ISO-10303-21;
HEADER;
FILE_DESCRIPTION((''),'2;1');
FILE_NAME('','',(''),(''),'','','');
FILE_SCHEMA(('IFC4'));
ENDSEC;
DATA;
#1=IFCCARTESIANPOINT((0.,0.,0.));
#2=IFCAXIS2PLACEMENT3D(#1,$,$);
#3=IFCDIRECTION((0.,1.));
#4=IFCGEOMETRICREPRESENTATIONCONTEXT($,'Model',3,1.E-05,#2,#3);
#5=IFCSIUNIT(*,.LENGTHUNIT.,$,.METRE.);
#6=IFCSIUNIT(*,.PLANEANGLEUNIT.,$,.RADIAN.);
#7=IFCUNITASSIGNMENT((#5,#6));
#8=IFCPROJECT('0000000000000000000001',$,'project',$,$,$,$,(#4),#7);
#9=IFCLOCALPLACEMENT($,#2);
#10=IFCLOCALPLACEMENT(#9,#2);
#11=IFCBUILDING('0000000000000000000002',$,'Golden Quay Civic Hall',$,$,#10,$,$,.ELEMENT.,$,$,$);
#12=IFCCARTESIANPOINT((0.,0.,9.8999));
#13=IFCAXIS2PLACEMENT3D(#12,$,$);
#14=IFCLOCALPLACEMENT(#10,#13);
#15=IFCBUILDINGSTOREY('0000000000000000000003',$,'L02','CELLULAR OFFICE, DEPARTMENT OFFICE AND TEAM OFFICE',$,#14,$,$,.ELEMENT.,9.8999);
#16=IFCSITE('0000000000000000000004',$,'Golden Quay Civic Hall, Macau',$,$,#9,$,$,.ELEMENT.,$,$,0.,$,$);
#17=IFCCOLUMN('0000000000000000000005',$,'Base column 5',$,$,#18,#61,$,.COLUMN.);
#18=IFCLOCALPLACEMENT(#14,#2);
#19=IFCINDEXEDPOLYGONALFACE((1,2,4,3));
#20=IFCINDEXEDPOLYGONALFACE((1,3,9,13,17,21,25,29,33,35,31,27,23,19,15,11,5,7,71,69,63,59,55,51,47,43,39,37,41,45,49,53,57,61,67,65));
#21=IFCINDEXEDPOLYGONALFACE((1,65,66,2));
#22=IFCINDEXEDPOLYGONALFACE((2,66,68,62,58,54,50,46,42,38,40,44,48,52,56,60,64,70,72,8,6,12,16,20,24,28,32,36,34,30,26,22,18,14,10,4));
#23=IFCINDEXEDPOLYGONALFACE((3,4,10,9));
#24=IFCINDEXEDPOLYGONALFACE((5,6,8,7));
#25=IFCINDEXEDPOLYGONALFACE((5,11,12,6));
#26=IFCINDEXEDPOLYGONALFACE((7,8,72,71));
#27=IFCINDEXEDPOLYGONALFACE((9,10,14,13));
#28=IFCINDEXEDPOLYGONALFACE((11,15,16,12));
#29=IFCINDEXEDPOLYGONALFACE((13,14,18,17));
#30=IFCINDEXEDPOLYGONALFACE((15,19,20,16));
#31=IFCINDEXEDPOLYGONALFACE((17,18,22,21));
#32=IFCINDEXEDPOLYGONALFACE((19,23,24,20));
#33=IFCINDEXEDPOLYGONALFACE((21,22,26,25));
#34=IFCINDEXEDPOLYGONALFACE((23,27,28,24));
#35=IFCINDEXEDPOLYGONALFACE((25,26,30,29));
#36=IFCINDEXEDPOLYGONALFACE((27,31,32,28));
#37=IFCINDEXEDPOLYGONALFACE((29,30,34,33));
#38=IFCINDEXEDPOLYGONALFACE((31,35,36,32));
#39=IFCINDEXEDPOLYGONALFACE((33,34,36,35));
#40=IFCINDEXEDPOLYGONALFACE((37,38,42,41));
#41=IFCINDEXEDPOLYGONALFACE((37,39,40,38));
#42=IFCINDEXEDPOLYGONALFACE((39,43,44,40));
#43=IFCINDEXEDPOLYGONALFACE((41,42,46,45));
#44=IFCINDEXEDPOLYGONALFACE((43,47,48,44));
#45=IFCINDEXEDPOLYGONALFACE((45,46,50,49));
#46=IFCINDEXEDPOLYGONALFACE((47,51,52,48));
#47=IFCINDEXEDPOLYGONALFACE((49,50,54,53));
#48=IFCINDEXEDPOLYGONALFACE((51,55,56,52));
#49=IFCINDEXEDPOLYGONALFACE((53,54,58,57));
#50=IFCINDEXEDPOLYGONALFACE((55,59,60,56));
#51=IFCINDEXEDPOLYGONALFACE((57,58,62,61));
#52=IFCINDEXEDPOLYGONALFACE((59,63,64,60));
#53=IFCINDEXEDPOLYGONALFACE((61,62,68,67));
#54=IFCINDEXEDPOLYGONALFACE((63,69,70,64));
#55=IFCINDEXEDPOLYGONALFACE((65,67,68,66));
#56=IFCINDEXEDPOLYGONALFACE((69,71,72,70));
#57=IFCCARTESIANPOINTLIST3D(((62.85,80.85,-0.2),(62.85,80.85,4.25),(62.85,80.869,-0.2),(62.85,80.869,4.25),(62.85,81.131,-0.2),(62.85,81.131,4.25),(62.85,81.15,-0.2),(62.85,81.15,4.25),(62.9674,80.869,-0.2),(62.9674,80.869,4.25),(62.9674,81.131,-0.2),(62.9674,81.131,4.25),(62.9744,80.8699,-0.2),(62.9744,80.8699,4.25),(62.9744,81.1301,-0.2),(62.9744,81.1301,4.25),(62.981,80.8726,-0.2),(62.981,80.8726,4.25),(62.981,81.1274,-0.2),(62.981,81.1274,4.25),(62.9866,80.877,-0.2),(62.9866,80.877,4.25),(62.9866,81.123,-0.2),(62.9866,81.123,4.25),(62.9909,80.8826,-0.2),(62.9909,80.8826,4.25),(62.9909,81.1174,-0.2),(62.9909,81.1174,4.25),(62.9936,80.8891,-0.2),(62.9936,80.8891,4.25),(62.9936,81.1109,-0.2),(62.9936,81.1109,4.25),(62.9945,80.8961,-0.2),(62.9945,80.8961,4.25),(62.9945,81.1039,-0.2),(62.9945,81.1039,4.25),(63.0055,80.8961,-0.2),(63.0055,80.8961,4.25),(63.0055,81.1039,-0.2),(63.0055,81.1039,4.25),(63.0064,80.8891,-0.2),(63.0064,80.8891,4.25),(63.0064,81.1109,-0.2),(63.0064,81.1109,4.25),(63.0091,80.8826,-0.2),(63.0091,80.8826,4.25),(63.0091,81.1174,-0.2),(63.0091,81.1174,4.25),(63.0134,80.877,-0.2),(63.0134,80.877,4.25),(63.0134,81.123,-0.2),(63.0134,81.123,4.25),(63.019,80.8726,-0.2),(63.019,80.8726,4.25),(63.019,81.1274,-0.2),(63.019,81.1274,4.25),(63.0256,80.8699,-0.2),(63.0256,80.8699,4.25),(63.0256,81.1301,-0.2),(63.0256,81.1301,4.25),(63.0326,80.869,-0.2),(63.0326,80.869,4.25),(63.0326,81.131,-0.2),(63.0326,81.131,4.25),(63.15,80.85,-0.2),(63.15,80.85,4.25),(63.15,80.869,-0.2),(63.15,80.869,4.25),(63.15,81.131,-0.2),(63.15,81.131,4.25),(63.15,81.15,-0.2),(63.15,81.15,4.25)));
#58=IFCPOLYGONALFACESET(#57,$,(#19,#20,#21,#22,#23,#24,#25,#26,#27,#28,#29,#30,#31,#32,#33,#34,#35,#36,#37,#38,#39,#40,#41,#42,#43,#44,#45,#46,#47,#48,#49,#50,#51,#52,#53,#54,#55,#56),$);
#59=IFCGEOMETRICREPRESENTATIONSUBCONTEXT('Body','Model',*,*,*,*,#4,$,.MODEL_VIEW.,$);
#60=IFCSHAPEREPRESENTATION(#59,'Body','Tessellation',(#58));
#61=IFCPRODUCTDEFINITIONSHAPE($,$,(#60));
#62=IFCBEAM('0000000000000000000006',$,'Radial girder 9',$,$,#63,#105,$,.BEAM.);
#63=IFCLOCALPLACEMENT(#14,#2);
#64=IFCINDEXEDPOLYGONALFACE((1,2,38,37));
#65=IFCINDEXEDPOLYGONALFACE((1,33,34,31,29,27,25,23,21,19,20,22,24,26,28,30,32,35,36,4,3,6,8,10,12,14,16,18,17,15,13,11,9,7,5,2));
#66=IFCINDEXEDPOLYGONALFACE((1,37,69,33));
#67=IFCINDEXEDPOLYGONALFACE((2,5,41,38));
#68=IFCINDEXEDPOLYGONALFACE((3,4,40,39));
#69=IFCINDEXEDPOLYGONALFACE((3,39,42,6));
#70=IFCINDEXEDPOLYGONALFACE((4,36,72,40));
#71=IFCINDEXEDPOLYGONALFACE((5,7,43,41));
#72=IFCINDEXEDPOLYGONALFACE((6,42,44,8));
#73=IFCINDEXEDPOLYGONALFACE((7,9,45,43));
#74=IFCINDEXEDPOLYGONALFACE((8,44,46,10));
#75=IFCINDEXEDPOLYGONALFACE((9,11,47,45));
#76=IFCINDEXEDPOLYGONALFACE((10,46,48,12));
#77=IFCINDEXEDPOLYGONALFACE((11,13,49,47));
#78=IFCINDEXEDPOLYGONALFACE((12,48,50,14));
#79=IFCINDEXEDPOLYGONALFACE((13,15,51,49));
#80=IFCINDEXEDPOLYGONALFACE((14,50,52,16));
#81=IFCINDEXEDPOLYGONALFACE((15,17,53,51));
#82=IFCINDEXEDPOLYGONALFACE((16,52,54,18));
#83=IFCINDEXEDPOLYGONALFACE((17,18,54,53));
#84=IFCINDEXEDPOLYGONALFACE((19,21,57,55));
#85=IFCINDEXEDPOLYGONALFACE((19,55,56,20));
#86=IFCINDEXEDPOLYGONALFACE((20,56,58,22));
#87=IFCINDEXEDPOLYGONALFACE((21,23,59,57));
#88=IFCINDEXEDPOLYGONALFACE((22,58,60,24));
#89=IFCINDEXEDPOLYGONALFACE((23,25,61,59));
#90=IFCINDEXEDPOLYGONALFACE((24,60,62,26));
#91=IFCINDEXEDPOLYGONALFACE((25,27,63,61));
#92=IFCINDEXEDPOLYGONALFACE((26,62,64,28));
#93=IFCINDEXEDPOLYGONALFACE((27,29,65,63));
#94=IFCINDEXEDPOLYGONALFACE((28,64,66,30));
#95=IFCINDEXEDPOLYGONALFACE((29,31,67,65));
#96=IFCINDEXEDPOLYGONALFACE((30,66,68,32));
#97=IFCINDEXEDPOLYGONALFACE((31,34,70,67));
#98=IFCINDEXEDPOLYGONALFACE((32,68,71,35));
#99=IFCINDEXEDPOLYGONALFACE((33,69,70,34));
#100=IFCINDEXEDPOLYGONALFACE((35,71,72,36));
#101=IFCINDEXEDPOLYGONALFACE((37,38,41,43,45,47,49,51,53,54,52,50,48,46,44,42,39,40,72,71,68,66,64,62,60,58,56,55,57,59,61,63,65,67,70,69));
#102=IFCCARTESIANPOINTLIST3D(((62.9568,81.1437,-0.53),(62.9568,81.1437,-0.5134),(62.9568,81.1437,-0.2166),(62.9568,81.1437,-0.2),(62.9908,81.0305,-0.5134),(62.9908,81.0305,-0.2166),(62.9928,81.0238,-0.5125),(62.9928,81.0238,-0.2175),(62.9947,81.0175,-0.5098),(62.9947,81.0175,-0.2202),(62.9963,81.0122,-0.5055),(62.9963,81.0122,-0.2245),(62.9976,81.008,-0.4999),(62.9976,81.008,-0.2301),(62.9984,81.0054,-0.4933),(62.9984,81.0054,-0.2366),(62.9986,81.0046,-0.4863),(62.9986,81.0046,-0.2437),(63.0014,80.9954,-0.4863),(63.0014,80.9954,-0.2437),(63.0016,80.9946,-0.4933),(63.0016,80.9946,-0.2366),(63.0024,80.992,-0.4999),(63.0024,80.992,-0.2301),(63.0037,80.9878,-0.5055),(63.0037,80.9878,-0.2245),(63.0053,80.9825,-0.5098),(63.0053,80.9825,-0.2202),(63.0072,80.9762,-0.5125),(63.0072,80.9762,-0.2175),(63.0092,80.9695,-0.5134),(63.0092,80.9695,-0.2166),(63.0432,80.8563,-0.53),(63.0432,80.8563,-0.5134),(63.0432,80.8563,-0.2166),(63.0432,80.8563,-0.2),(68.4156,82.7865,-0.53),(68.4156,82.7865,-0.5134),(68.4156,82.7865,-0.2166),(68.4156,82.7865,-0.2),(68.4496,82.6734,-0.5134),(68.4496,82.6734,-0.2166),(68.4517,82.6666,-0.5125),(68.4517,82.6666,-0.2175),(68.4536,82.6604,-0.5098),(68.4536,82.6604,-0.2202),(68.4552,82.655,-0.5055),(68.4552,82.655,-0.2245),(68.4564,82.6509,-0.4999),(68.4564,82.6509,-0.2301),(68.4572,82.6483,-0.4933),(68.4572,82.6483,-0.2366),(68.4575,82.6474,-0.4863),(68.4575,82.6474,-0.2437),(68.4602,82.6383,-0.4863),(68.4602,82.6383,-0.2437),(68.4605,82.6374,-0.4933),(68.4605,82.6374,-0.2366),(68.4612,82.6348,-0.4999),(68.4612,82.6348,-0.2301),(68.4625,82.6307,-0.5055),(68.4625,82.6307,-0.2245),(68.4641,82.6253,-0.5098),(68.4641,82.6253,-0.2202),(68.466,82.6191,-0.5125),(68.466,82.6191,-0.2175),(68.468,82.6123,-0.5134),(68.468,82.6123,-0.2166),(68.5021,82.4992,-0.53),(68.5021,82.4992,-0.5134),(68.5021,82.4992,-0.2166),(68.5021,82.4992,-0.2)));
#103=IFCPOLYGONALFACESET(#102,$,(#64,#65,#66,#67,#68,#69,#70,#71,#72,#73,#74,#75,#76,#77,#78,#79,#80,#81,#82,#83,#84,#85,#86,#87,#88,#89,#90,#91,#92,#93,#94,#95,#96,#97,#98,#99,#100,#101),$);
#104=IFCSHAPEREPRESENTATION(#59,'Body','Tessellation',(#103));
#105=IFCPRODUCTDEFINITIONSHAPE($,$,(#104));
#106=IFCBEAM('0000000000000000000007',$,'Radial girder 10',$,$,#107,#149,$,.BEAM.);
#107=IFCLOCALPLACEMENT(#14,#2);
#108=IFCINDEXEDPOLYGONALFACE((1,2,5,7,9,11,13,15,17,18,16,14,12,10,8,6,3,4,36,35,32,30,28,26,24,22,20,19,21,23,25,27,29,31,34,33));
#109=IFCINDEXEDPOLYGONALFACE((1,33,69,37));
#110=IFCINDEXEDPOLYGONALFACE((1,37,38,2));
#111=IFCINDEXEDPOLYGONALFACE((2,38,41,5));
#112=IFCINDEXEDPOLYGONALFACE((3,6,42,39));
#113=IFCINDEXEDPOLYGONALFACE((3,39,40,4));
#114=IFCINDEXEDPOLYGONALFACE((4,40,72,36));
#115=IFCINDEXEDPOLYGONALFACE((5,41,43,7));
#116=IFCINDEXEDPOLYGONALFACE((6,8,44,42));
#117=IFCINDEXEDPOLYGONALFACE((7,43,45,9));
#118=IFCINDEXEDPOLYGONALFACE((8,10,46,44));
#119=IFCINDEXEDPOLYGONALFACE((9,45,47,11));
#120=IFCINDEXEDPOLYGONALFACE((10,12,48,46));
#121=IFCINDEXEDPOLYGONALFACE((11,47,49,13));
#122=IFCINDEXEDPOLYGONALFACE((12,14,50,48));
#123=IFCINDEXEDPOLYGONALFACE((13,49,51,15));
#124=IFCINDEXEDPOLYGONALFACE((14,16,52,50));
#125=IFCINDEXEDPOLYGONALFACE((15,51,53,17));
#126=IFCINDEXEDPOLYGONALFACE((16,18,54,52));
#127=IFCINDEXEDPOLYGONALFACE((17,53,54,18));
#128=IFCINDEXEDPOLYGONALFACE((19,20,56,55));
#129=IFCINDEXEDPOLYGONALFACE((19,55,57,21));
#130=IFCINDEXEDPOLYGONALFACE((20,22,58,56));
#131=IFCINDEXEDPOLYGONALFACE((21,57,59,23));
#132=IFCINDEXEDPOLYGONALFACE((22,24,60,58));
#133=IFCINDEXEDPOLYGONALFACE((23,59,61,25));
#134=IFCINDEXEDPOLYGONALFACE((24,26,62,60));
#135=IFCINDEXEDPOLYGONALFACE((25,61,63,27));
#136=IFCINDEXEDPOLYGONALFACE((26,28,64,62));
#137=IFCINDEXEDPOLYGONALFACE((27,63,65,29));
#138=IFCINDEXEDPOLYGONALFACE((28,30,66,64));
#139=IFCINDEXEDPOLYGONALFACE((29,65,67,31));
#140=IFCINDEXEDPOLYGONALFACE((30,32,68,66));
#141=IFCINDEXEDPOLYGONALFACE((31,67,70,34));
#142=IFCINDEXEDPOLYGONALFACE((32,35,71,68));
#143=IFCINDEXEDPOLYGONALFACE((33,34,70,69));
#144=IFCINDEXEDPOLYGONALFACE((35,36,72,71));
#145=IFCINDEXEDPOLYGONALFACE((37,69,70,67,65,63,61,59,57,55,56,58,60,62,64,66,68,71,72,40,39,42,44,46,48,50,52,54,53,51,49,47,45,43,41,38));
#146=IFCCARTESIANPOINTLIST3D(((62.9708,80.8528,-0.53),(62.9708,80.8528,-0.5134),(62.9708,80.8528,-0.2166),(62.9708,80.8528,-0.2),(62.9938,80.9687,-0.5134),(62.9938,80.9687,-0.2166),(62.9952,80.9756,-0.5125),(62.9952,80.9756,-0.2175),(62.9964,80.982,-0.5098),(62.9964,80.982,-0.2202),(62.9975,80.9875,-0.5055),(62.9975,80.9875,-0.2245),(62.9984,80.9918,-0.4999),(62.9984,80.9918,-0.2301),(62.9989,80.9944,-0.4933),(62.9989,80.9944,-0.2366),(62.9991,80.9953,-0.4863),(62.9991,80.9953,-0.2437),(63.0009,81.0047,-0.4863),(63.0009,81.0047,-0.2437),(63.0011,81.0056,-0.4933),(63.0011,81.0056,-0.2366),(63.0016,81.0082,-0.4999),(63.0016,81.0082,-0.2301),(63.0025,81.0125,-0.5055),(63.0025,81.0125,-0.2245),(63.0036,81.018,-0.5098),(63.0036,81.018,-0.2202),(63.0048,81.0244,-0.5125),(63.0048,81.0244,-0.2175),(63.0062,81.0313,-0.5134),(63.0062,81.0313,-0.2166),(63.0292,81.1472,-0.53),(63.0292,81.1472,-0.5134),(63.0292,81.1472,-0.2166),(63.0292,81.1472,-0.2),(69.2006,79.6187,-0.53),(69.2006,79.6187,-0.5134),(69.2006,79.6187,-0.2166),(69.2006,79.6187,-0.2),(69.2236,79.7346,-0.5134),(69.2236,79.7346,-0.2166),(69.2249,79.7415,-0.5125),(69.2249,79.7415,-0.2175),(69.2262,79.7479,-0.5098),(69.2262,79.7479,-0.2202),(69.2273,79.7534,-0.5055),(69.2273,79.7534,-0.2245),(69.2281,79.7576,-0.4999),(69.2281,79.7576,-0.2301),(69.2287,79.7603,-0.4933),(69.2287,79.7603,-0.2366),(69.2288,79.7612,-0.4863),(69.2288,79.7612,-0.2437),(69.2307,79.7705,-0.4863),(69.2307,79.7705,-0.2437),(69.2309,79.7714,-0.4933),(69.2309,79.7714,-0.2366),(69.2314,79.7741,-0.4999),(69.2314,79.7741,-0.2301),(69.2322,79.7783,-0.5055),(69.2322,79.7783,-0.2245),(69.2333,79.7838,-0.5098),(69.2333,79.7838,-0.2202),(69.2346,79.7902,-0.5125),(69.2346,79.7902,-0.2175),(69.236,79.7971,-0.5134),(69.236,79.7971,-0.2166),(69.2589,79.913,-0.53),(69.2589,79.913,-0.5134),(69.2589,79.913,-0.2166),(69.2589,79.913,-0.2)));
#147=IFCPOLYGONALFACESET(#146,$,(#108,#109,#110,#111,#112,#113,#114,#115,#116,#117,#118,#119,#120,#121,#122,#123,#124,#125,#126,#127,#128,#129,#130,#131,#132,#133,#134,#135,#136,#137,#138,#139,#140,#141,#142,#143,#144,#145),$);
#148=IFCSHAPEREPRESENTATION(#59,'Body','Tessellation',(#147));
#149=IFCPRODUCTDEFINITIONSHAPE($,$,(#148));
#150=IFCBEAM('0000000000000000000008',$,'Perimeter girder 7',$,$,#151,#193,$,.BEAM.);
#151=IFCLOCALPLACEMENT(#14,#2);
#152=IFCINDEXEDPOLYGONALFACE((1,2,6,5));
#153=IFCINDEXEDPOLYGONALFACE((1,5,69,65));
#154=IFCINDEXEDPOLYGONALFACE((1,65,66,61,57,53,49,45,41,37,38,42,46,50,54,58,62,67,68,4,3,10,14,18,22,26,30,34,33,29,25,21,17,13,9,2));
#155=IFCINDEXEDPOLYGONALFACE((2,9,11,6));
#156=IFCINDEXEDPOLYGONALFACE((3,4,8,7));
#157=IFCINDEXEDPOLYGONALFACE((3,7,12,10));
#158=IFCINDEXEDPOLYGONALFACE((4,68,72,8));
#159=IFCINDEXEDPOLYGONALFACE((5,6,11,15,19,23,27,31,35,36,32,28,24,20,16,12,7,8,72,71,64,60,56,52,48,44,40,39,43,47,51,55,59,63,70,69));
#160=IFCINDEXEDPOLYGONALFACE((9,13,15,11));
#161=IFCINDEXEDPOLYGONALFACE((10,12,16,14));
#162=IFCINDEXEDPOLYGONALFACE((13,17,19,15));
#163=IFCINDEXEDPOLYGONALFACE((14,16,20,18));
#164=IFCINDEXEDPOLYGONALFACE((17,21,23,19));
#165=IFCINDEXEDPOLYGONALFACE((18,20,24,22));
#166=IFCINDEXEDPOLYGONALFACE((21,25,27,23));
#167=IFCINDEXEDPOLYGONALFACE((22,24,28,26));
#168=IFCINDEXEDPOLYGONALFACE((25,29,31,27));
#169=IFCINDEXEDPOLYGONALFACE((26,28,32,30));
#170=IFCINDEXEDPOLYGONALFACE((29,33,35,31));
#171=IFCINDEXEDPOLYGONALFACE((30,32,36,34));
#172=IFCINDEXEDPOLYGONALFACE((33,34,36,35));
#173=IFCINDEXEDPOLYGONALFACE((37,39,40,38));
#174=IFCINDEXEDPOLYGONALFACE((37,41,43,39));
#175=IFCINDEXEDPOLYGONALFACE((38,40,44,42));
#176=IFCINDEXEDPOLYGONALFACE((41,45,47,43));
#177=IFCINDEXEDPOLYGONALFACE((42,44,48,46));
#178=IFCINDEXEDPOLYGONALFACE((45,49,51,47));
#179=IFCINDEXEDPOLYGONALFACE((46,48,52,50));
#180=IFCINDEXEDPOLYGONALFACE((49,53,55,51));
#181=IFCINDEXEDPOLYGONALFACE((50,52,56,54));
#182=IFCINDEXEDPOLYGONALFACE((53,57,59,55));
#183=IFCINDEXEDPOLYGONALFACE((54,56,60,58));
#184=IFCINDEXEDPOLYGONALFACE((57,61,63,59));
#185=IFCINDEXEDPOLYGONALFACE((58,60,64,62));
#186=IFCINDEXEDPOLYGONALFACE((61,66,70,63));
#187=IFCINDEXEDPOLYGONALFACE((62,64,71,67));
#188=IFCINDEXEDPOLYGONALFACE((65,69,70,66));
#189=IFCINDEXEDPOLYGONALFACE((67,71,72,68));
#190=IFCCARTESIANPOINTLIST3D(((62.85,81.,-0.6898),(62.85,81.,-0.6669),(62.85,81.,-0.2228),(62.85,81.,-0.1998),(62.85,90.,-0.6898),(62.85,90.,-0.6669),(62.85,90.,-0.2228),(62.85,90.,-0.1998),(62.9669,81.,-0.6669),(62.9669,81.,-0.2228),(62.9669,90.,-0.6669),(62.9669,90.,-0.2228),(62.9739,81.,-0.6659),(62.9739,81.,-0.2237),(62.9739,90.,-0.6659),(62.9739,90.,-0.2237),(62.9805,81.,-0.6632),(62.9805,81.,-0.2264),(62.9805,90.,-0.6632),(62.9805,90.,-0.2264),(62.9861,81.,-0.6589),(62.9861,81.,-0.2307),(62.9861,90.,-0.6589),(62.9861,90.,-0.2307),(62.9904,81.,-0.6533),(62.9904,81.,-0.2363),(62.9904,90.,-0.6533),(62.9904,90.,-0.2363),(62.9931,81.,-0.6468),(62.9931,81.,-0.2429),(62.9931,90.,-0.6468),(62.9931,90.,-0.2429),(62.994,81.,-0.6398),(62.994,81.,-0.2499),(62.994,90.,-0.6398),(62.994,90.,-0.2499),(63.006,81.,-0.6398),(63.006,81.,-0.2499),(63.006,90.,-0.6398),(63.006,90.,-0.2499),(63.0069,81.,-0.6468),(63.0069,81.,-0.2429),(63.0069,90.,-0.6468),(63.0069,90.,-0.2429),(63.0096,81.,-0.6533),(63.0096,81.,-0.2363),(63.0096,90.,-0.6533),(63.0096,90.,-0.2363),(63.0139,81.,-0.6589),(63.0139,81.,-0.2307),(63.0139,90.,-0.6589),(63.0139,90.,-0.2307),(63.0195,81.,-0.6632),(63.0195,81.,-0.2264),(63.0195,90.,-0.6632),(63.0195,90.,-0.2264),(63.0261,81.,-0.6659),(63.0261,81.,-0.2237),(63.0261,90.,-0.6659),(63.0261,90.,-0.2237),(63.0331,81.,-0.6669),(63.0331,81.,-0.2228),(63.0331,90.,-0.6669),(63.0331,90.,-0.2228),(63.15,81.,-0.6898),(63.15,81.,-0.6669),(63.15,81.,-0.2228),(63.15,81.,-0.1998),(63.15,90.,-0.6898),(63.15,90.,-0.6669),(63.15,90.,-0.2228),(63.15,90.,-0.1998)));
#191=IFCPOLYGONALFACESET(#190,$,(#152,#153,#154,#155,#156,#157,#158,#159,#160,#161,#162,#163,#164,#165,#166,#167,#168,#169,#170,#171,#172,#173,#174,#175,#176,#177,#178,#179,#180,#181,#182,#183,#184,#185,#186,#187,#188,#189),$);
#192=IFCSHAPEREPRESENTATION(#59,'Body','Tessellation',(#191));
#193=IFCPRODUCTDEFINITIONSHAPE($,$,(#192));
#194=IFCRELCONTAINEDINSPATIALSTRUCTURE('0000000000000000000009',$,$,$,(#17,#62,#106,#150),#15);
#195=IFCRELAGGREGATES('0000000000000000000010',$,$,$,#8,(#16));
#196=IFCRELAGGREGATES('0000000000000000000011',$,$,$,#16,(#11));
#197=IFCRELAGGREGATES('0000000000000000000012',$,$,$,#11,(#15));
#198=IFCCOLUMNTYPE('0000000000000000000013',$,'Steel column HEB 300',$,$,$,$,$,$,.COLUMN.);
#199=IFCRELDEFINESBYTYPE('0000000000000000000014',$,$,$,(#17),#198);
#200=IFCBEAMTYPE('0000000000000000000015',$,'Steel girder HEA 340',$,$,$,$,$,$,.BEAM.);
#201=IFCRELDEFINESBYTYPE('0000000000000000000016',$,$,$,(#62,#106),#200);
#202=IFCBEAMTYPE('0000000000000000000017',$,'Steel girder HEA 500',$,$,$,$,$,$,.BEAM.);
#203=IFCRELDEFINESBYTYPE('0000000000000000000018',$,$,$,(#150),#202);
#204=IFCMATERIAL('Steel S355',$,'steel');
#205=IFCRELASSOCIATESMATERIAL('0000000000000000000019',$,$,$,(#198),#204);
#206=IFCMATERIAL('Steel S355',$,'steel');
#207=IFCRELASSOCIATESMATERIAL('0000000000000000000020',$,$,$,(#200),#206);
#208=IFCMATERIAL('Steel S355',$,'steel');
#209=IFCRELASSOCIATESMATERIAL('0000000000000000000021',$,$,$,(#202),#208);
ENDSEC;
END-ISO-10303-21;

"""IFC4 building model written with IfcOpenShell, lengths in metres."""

from ifc_helpers import new_model, si_unit, direction, frame, origin, origin_2d, place, context, subcontext, project, spatial, i_section, extrude, material, material_profile, profile_set, type_object, element, save


model = new_model("IFC4")

# Units and contexts
model_context = context("Model", 3, precision=1e-05, world=origin(), true_north=direction((0.0, 1.0)))
body_context = subcontext(model_context, "Body", "Model", "MODEL_VIEW")
ifc_project = project(units=[si_unit("LENGTHUNIT", "METRE"), si_unit("PLANEANGLEUNIT", "RADIAN")], contexts=[model_context])

# Site, building, storey
site_placement = place(None, origin())
site = spatial("IfcSite", under=ifc_project, at=site_placement, Name="Golden Quay Civic Hall, Macau", CompositionType="ELEMENT", RefElevation=0.0)
building_placement = place(site_placement, origin())
building = spatial("IfcBuilding", under=site, at=building_placement, Name="Golden Quay Civic Hall", CompositionType="ELEMENT")
storey_placement = place(building_placement, frame((0.0, 0.0, 9.8999)))
storey = spatial("IfcBuildingStorey", under=building, at=storey_placement, Name="L02", Description="CELLULAR OFFICE, DEPARTMENT OFFICE AND TEAM OFFICE", CompositionType="ELEMENT", Elevation=9.8999)

# Column
ifc_material_1 = material(Name="Steel S355", Category="steel")
ifc_material_profile_1 = material_profile(ifc_material_1, i_section(OverallWidth=0.3, OverallDepth=0.3, WebThickness=0.011, FlangeThickness=0.019, FilletRadius=0.0271, at=origin_2d()), Name="HEB 300")
ifc_profile_set_1 = profile_set([ifc_material_profile_1], Name="Steel S355")
column_type = type_object("IfcColumnType", Name="Steel column HEB 300", PredefinedType="COLUMN", material=ifc_profile_set_1)
column_placement = place(storey_placement, frame((63.0, 81.0, -0.2), z_axis=(0.0, 0.0, 1.0), x_axis=(1.0, 0.0, 0.0)))
element("IfcColumn", 1, at=column_placement, inside=storey, type_object=column_type, Name="Base column 5", PredefinedType="COLUMN", context=body_context, shape_type="SweptSolid", body=[
    extrude(i_section(OverallWidth=0.3, OverallDepth=0.3, WebThickness=0.011, FlangeThickness=0.019, FilletRadius=0.0271, at=origin_2d()), origin(), (0.0, 0.0, 1.0), 4.45),
])

# Beams
ifc_material_2 = material(Name="Steel S355", Category="steel")
ifc_material_profile_2 = material_profile(ifc_material_2, i_section(OverallWidth=0.3, OverallDepth=0.3301, WebThickness=0.0095, FlangeThickness=0.0166, FilletRadius=0.0271, at=origin_2d()), Name="HEA 340")
ifc_profile_set_2 = profile_set([ifc_material_profile_2], Name="Steel S355")
beam_type_1 = type_object("IfcBeamType", Name="Steel girder HEA 340", PredefinedType="BEAM", material=ifc_profile_set_2)
beam_1_placement = place(storey_placement, frame((63.0, 81.0, -0.365), z_axis=(0.957575, 0.288185, 0.0), x_axis=(-0.288185, 0.957575, 0.0)))
element("IfcBeam", 2, at=beam_1_placement, inside=storey, type_object=beam_type_1, Name="Radial girder 9", PredefinedType="BEAM", context=body_context, shape_type="SweptSolid", body=[
    extrude(i_section(OverallWidth=0.3, OverallDepth=0.3301, WebThickness=0.0095, FlangeThickness=0.0166, FilletRadius=0.0271, at=origin_2d()), origin(), (0.0, 0.0, 1.0), 5.7007),
])
beam_2_placement = place(storey_placement, frame((63.0, 81.0, -0.365), z_axis=(0.980937, -0.194327, 0.0), x_axis=(0.194327, 0.980937, 0.0)))
element("IfcBeam", 3, at=beam_2_placement, inside=storey, type_object=beam_type_1, Name="Radial girder 10", PredefinedType="BEAM", context=body_context, shape_type="SweptSolid", body=[
    extrude(i_section(OverallWidth=0.3, OverallDepth=0.3301, WebThickness=0.0095, FlangeThickness=0.0166, FilletRadius=0.0271, at=origin_2d()), origin(), (0.0, 0.0, 1.0), 6.3508),
])
ifc_material_3 = material(Name="Steel S355", Category="steel")
ifc_material_profile_3 = material_profile(ifc_material_3, i_section(OverallWidth=0.3, OverallDepth=0.49, WebThickness=0.012, FlangeThickness=0.0229, FilletRadius=0.0271, at=origin_2d()), Name="HEA 500")
ifc_profile_set_3 = profile_set([ifc_material_profile_3], Name="Steel S355")
beam_type_2 = type_object("IfcBeamType", Name="Steel girder HEA 500", PredefinedType="BEAM", material=ifc_profile_set_3)
beam_3_placement = place(storey_placement, frame((63.0, 81.0, -0.4448), z_axis=(0.0, 1.0, 0.0), x_axis=(-1.0, 0.0, 0.0)))
element("IfcBeam", 4, at=beam_3_placement, inside=storey, type_object=beam_type_2, Name="Perimeter girder 7", PredefinedType="BEAM", context=body_context, shape_type="SweptSolid", body=[
    extrude(i_section(OverallWidth=0.3, OverallDepth=0.49, WebThickness=0.012, FlangeThickness=0.0229, FilletRadius=0.0271, at=origin_2d()), origin(), (0.0, 0.0, 1.0), 9.0),
])

save(model, "model.ifc")
